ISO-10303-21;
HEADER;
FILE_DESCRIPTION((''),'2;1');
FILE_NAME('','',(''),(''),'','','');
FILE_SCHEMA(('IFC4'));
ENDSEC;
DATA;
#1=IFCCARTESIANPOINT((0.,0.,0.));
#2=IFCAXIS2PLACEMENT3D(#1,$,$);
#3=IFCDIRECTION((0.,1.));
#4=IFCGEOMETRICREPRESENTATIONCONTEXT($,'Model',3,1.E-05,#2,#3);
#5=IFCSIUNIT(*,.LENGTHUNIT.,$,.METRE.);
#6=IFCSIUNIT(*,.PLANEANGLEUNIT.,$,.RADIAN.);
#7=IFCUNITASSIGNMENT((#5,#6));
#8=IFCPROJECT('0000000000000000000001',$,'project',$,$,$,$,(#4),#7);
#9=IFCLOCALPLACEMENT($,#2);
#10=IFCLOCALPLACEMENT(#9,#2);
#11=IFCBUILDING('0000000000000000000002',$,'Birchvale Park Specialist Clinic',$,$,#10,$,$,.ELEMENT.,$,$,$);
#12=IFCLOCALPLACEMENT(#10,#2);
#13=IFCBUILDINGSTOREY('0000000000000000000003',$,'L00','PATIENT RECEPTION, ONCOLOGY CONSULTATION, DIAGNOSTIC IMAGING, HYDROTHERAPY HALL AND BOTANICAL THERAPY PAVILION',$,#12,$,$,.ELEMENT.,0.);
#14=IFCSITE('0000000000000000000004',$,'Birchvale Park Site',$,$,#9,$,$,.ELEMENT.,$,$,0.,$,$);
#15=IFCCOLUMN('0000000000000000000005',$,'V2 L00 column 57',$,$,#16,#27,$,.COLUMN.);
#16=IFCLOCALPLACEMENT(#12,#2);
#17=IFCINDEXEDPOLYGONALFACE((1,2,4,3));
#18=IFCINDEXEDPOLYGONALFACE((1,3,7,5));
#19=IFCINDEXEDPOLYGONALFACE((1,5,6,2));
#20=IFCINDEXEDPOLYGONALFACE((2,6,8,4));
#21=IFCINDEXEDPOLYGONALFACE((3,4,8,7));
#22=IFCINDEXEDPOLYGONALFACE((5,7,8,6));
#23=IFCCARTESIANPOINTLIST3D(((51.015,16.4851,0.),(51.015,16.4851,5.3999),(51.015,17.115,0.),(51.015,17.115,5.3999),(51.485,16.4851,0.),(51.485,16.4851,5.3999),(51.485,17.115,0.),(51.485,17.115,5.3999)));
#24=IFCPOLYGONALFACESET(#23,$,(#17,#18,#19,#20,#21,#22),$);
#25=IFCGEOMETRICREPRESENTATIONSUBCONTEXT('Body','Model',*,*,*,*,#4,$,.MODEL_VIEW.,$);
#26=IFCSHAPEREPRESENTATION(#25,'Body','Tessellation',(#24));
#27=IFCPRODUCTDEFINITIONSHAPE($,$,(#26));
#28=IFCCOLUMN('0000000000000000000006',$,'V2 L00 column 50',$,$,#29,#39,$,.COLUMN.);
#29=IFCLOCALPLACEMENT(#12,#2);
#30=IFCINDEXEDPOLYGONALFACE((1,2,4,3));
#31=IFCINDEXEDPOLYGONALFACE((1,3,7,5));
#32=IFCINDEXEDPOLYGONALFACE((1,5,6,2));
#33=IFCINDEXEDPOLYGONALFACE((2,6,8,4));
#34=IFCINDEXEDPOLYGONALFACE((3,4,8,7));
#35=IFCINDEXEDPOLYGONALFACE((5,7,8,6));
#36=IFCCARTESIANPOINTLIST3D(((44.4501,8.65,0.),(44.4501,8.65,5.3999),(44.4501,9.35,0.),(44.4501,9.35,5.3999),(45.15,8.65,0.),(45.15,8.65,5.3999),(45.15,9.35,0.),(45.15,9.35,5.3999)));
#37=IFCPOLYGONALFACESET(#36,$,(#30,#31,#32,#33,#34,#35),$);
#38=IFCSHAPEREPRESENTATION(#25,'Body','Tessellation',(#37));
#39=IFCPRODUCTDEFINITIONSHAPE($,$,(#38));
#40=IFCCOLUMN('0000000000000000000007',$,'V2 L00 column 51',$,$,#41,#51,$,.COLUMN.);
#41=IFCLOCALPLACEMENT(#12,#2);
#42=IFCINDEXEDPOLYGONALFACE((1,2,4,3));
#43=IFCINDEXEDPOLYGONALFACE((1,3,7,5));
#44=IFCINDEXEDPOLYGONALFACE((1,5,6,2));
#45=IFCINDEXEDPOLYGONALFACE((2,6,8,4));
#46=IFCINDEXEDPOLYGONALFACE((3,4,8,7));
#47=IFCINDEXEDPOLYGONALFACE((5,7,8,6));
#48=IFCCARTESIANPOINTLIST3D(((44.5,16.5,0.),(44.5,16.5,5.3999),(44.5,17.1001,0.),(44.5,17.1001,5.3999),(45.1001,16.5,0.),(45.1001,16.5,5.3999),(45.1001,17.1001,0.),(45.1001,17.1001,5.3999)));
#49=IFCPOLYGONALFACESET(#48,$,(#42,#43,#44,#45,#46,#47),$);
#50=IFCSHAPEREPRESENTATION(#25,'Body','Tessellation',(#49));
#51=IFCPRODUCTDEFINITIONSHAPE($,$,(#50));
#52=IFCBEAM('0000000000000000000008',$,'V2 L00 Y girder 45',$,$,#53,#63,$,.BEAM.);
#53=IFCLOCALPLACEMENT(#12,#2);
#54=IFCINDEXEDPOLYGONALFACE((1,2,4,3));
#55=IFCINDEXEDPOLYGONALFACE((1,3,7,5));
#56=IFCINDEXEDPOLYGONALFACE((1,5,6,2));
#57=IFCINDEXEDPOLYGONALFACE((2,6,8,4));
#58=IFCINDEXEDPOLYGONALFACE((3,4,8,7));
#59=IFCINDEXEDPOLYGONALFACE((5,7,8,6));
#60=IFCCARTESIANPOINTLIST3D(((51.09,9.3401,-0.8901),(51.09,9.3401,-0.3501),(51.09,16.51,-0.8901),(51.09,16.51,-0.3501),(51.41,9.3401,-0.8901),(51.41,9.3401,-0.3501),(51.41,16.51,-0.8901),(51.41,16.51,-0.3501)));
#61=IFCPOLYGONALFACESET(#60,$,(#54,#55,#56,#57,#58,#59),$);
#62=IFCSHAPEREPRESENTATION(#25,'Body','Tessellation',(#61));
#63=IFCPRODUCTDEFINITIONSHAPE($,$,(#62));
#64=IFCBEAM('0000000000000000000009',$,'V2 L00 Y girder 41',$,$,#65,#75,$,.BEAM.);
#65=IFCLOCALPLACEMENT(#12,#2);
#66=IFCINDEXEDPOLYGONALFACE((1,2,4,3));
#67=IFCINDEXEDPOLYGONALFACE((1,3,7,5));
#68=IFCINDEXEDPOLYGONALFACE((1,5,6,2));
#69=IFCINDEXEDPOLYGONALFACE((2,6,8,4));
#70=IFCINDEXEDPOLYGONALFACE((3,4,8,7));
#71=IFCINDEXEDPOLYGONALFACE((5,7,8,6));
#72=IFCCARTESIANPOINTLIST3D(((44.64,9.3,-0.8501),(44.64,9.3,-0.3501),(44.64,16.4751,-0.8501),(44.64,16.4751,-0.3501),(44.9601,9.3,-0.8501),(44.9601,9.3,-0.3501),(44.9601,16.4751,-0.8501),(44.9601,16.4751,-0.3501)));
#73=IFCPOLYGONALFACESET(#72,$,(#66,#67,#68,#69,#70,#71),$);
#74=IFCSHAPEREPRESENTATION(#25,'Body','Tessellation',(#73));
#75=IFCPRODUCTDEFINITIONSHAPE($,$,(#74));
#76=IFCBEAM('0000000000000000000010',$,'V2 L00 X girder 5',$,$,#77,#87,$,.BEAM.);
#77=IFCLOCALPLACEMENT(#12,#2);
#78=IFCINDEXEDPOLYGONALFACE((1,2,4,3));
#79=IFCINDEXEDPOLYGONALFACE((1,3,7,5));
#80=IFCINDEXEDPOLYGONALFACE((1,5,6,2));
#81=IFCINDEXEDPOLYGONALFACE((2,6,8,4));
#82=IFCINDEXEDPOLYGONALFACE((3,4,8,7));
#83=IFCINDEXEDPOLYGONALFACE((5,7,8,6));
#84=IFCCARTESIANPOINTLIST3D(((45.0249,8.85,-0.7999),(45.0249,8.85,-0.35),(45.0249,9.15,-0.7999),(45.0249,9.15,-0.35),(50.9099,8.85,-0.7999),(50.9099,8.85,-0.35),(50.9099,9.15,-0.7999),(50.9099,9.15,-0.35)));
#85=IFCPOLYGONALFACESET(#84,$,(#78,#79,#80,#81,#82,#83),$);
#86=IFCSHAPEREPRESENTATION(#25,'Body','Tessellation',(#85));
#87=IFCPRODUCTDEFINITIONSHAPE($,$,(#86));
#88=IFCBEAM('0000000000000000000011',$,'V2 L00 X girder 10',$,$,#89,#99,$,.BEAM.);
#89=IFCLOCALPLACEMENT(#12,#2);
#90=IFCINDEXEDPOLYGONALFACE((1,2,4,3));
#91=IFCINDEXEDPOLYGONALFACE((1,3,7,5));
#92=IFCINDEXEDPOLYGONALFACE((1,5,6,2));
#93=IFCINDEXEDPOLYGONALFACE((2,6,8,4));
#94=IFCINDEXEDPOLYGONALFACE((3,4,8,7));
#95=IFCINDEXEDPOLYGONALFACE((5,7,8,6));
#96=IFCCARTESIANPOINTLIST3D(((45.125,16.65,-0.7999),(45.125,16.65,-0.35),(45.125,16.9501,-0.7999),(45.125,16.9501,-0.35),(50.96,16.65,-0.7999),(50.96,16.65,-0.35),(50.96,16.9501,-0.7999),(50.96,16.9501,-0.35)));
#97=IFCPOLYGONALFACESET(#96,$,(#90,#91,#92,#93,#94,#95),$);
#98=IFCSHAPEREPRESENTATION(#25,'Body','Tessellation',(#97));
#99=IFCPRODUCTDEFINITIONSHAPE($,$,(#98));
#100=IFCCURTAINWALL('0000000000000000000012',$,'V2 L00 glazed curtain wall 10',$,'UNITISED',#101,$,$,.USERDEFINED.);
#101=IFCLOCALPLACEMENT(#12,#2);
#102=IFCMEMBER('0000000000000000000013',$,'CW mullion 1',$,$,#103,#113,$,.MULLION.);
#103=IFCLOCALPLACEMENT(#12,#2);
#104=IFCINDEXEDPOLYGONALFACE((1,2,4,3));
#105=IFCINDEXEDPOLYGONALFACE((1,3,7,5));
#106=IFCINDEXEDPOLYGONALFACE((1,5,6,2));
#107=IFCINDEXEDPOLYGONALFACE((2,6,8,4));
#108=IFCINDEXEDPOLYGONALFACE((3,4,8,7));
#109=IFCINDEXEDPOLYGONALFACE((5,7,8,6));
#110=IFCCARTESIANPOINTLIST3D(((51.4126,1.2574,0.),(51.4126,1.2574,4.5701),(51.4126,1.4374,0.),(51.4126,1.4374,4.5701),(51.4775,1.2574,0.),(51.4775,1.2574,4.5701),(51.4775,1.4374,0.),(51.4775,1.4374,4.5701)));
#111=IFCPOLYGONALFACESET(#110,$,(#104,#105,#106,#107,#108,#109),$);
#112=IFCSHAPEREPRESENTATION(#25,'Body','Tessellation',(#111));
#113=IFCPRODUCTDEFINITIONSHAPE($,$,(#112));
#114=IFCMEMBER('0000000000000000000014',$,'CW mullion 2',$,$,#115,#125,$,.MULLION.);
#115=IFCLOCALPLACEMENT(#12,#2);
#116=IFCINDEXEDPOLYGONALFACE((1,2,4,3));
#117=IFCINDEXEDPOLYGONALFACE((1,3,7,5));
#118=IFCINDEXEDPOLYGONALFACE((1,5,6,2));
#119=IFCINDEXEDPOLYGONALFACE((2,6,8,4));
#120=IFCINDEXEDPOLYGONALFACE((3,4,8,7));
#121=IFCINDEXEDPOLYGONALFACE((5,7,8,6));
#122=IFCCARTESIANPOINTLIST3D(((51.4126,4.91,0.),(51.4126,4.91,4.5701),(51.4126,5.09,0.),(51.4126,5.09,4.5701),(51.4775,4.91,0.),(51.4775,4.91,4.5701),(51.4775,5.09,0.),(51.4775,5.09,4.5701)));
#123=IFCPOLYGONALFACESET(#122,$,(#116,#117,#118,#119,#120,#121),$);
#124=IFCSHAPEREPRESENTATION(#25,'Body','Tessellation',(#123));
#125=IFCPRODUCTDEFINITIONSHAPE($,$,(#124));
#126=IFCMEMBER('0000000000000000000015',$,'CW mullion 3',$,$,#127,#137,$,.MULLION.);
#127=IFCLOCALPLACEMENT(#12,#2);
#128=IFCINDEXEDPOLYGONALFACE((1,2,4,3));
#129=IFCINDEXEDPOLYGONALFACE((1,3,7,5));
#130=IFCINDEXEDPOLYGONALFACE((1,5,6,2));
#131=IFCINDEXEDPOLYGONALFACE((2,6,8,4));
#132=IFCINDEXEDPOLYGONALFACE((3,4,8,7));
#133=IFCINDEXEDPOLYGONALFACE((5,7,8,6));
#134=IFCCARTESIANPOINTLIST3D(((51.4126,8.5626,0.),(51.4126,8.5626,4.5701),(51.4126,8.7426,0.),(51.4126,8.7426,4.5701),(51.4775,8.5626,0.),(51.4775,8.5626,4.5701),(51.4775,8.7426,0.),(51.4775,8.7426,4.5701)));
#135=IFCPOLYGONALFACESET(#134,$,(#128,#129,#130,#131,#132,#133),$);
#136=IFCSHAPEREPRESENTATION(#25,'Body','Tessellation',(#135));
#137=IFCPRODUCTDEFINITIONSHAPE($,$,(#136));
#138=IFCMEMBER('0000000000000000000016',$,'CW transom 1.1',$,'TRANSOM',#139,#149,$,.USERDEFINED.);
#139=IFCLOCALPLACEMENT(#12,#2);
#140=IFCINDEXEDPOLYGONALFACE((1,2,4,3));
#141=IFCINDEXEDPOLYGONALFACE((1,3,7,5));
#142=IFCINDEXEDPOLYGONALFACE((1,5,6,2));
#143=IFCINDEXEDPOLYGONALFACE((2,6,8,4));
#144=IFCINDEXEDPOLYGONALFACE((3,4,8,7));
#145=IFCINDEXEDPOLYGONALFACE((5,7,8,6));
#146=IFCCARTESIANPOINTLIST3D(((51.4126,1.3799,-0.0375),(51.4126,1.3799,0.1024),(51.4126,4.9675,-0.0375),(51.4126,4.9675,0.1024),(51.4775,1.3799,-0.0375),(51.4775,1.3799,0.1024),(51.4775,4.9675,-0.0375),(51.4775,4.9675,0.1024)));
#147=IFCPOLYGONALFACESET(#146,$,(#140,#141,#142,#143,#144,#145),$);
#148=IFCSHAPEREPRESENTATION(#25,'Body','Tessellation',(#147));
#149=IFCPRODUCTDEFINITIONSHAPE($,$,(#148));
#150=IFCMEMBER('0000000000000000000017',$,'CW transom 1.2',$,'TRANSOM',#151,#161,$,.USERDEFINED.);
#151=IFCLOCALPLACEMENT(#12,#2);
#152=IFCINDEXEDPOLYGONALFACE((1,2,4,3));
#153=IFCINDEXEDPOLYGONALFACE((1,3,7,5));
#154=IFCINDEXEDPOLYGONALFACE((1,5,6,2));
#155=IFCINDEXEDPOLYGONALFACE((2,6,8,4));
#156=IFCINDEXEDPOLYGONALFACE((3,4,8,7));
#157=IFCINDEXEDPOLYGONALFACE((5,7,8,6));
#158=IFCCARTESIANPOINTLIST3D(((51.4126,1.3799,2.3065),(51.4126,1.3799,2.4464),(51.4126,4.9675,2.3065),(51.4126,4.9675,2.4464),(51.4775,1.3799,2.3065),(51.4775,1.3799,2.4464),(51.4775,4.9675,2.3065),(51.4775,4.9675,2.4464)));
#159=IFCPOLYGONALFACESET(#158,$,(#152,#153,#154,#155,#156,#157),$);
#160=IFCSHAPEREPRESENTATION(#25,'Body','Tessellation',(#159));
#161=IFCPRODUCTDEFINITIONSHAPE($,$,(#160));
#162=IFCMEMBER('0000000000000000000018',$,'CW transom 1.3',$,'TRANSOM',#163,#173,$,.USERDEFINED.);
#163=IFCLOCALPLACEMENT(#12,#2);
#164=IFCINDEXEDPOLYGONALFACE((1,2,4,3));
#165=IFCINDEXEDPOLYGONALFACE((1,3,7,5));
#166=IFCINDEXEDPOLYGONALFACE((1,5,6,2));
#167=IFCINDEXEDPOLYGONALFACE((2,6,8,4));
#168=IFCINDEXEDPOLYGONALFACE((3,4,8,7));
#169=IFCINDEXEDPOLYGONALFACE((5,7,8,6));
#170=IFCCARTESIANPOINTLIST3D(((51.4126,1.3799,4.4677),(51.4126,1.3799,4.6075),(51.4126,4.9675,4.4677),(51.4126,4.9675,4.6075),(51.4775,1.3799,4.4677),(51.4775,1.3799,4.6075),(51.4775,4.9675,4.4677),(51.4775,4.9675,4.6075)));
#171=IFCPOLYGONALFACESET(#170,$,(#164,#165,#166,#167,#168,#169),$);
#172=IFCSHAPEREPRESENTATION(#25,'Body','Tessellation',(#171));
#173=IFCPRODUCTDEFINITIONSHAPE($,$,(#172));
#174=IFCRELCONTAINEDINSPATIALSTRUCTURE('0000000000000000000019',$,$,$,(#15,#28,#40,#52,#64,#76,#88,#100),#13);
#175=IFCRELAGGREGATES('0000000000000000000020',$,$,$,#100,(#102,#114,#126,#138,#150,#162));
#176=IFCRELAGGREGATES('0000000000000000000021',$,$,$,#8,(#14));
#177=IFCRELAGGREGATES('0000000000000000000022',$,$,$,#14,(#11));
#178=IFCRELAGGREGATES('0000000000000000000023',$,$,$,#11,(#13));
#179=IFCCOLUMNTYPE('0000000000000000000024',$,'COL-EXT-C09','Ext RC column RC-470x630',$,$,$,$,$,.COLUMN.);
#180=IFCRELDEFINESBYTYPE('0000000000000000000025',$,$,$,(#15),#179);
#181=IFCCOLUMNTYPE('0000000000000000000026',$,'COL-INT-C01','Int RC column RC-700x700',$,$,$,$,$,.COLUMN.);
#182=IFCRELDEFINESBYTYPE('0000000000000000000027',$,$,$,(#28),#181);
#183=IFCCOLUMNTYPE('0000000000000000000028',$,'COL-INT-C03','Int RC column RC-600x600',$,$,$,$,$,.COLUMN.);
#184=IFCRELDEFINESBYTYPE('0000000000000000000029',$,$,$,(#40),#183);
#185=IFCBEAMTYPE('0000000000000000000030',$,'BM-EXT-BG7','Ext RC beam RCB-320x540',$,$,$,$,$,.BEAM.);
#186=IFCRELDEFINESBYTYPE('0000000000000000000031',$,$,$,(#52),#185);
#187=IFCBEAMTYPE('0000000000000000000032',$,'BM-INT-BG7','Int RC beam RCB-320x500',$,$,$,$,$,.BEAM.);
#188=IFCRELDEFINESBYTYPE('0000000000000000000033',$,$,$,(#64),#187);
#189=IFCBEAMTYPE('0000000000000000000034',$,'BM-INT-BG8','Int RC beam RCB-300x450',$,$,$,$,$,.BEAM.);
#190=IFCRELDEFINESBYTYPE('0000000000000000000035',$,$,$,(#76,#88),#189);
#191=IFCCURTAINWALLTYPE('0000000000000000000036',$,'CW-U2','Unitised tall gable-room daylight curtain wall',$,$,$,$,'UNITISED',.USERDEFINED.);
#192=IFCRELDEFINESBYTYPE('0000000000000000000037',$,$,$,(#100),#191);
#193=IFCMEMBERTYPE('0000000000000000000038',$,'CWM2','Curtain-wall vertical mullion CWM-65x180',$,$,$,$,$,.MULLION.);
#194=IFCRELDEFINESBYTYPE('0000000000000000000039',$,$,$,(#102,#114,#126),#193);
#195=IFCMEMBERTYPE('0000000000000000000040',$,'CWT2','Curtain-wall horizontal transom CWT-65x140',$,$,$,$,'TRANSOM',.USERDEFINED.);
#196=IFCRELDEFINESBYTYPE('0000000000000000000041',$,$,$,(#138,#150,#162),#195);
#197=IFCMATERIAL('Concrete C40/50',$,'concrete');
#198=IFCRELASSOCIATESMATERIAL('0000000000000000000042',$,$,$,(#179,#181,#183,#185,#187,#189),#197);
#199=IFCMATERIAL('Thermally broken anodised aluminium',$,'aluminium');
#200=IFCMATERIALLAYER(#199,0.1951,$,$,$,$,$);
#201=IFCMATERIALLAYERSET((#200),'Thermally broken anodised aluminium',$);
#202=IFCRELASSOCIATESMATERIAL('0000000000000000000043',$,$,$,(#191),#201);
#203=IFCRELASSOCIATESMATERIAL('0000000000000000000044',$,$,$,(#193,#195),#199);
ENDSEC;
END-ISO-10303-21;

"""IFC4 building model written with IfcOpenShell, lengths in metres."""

from ifc_helpers import new_model, si_unit, direction, frame, origin, origin_2d, place, context, subcontext, project, spatial, rectangle, extrude, material, layer, layer_set, material_profile, profile_set, type_object, element, aggregate, save


model = new_model("IFC4")

# Units and contexts
model_context = context("Model", 3, precision=1e-05, world=origin(), true_north=direction((0.0, 1.0)))
body_context = subcontext(model_context, "Body", "Model", "MODEL_VIEW")
ifc_project = project(units=[si_unit("LENGTHUNIT", "METRE"), si_unit("PLANEANGLEUNIT", "RADIAN")], contexts=[model_context])

# Site, building, storey
site_placement = place(None, origin())
site = spatial("IfcSite", under=ifc_project, at=site_placement, Name="Birchvale Park Site", CompositionType="ELEMENT", RefElevation=0.0)
building_placement = place(site_placement, origin())
building = spatial("IfcBuilding", under=site, at=building_placement, Name="Birchvale Park Specialist Clinic", CompositionType="ELEMENT")
storey_placement = place(building_placement, origin())
storey = spatial("IfcBuildingStorey", under=building, at=storey_placement, Name="L00", Description="PATIENT RECEPTION, ONCOLOGY CONSULTATION, DIAGNOSTIC IMAGING, HYDROTHERAPY HALL AND BOTANICAL THERAPY PAVILION", CompositionType="ELEMENT", Elevation=0.0)

# Shared definitions
ifc_material_1 = material(Name="Concrete C40/50", Category="concrete")

# Columns
ifc_material_profile_1 = material_profile(ifc_material_1, rectangle(XDim=0.47, YDim=0.6299, at=origin_2d()), Name="RC-470x630")
ifc_profile_set_1 = profile_set([ifc_material_profile_1], Name="Concrete C40/50")
column_type_1 = type_object("IfcColumnType", Name="COL-EXT-C09", Description="Ext RC column RC-470x630", PredefinedType="COLUMN", material=ifc_profile_set_1)
column_1_placement = place(storey_placement, frame((51.25, 16.8, 0.0), z_axis=(0.0, 0.0, 1.0), x_axis=(1.0, 0.0, 0.0)))
element("IfcColumn", 1, at=column_1_placement, inside=storey, type_object=column_type_1, Name="V2 L00 column 57", PredefinedType="COLUMN", context=body_context, shape_type="SweptSolid", body=[
    extrude(rectangle(XDim=0.47, YDim=0.6299, at=origin_2d()), origin(), (0.0, 0.0, 1.0), 5.3999),
])
ifc_material_profile_2 = material_profile(ifc_material_1, rectangle(XDim=0.7, YDim=0.7, at=origin_2d()), Name="RC-700x700")
ifc_profile_set_2 = profile_set([ifc_material_profile_2], Name="Concrete C40/50")
column_type_2 = type_object("IfcColumnType", Name="COL-INT-C01", Description="Int RC column RC-700x700", PredefinedType="COLUMN", material=ifc_profile_set_2)
column_2_placement = place(storey_placement, frame((44.8, 9.0, 0.0), z_axis=(0.0, 0.0, 1.0), x_axis=(1.0, 0.0, 0.0)))
element("IfcColumn", 2, at=column_2_placement, inside=storey, type_object=column_type_2, Name="V2 L00 column 50", PredefinedType="COLUMN", context=body_context, shape_type="SweptSolid", body=[
    extrude(rectangle(XDim=0.7, YDim=0.7, at=origin_2d()), origin(), (0.0, 0.0, 1.0), 5.3999),
])
ifc_material_profile_3 = material_profile(ifc_material_1, rectangle(XDim=0.6001, YDim=0.6001, at=origin_2d()), Name="RC-600x600")
ifc_profile_set_3 = profile_set([ifc_material_profile_3], Name="Concrete C40/50")
column_type_3 = type_object("IfcColumnType", Name="COL-INT-C03", Description="Int RC column RC-600x600", PredefinedType="COLUMN", material=ifc_profile_set_3)
column_3_placement = place(storey_placement, frame((44.8, 16.8, 0.0), z_axis=(0.0, 0.0, 1.0), x_axis=(1.0, 0.0, 0.0)))
element("IfcColumn", 3, at=column_3_placement, inside=storey, type_object=column_type_3, Name="V2 L00 column 51", PredefinedType="COLUMN", context=body_context, shape_type="SweptSolid", body=[
    extrude(rectangle(XDim=0.6001, YDim=0.6001, at=origin_2d()), origin(), (0.0, 0.0, 1.0), 5.3999),
])

# Beams
ifc_material_profile_4 = material_profile(ifc_material_1, rectangle(XDim=0.3201, YDim=0.54, at=origin_2d()), Name="RCB-320x540")
ifc_profile_set_4 = profile_set([ifc_material_profile_4], Name="Concrete C40/50")
beam_type_1 = type_object("IfcBeamType", Name="BM-EXT-BG7", Description="Ext RC beam RCB-320x540", PredefinedType="BEAM", material=ifc_profile_set_4)
beam_1_placement = place(storey_placement, frame((51.25, 9.3401, -0.6201), z_axis=(0.0, 1.0, 0.0), x_axis=(-1.0, 0.0, 0.0)))
element("IfcBeam", 4, at=beam_1_placement, inside=storey, type_object=beam_type_1, Name="V2 L00 Y girder 45", PredefinedType="BEAM", context=body_context, shape_type="SweptSolid", body=[
    extrude(rectangle(XDim=0.3201, YDim=0.54, at=origin_2d()), origin(), (0.0, 0.0, 1.0), 7.1699),
])
ifc_material_profile_5 = material_profile(ifc_material_1, rectangle(XDim=0.3201, YDim=0.5, at=origin_2d()), Name="RCB-320x500")
ifc_profile_set_5 = profile_set([ifc_material_profile_5], Name="Concrete C40/50")
beam_type_2 = type_object("IfcBeamType", Name="BM-INT-BG7", Description="Int RC beam RCB-320x500", PredefinedType="BEAM", material=ifc_profile_set_5)
beam_2_placement = place(storey_placement, frame((44.8, 9.3, -0.6001), z_axis=(0.0, 1.0, 0.0), x_axis=(-1.0, 0.0, 0.0)))
element("IfcBeam", 5, at=beam_2_placement, inside=storey, type_object=beam_type_2, Name="V2 L00 Y girder 41", PredefinedType="BEAM", context=body_context, shape_type="SweptSolid", body=[
    extrude(rectangle(XDim=0.3201, YDim=0.5, at=origin_2d()), origin(), (0.0, 0.0, 1.0), 7.175),
])
ifc_material_profile_6 = material_profile(ifc_material_1, rectangle(XDim=0.3, YDim=0.45, at=origin_2d()), Name="RCB-300x450")
ifc_profile_set_6 = profile_set([ifc_material_profile_6], Name="Concrete C40/50")
beam_type_3 = type_object("IfcBeamType", Name="BM-INT-BG8", Description="Int RC beam RCB-300x450", PredefinedType="BEAM", material=ifc_profile_set_6)
beam_3_placement = place(storey_placement, frame((45.0249, 9.0, -0.575), z_axis=(1.0, 0.0, 0.0), x_axis=(0.0, 1.0, 0.0)))
element("IfcBeam", 6, at=beam_3_placement, inside=storey, type_object=beam_type_3, Name="V2 L00 X girder 5", PredefinedType="BEAM", context=body_context, shape_type="SweptSolid", body=[
    extrude(rectangle(XDim=0.3, YDim=0.45, at=origin_2d()), origin(), (0.0, 0.0, 1.0), 5.885),
])
beam_4_placement = place(storey_placement, frame((45.125, 16.8, -0.575), z_axis=(1.0, 0.0, 0.0), x_axis=(0.0, 1.0, 0.0)))
element("IfcBeam", 7, at=beam_4_placement, inside=storey, type_object=beam_type_3, Name="V2 L00 X girder 10", PredefinedType="BEAM", context=body_context, shape_type="SweptSolid", body=[
    extrude(rectangle(XDim=0.3, YDim=0.45, at=origin_2d()), origin(), (0.0, 0.0, 1.0), 5.835),
])

# Curtain wall, members
ifc_material_2 = material(Name="Thermally broken anodised aluminium", Category="aluminium")
ifc_layer_1 = layer(ifc_material_2, 0.1951)
ifc_layer_set_1 = layer_set([ifc_layer_1], Name="Thermally broken anodised aluminium")
curtain_wall_type = type_object("IfcCurtainWallType", Name="CW-U2", Description="Unitised tall gable-room daylight curtain wall", ElementType="UNITISED", PredefinedType="USERDEFINED", material=ifc_layer_set_1)
curtain_wall_placement = place(storey_placement, origin())
curtain_wall = element("IfcCurtainWall", 8, at=curtain_wall_placement, inside=storey, type_object=curtain_wall_type, Name="V2 L00 glazed curtain wall 10", ObjectType="UNITISED", PredefinedType="USERDEFINED")
ifc_material_profile_7 = material_profile(ifc_material_2, rectangle(XDim=0.0649, YDim=0.1799, at=origin_2d()), Name="CWM-65x180")
ifc_profile_set_7 = profile_set([ifc_material_profile_7], Name="Thermally broken anodised aluminium")
member_type_1 = type_object("IfcMemberType", Name="CWM2", Description="Curtain-wall vertical mullion CWM-65x180", PredefinedType="MULLION", material=ifc_profile_set_7)
member_1_placement = place(storey_placement, frame((51.4451, 1.3474, 0.0), z_axis=(0.0, 0.0, 1.0), x_axis=(-1.0, 0.0, 0.0)))
member_1 = element("IfcMember", 9, at=member_1_placement, type_object=member_type_1, Name="CW mullion 1", PredefinedType="MULLION", context=body_context, shape_type="SweptSolid", body=[
    extrude(rectangle(XDim=0.0649, YDim=0.1799, at=origin_2d()), origin(), (0.0, 0.0, 1.0), 4.5701),
])
member_2_placement = place(storey_placement, frame((51.4451, 5.0, 0.0), z_axis=(0.0, 0.0, 1.0), x_axis=(-1.0, 0.0, 0.0)))
member_2 = element("IfcMember", 10, at=member_2_placement, type_object=member_type_1, Name="CW mullion 2", PredefinedType="MULLION", context=body_context, shape_type="SweptSolid", body=[
    extrude(rectangle(XDim=0.0649, YDim=0.1799, at=origin_2d()), origin(), (0.0, 0.0, 1.0), 4.5701),
])
member_3_placement = place(storey_placement, frame((51.4451, 8.6526, 0.0), z_axis=(0.0, 0.0, 1.0), x_axis=(-1.0, 0.0, 0.0)))
member_3 = element("IfcMember", 11, at=member_3_placement, type_object=member_type_1, Name="CW mullion 3", PredefinedType="MULLION", context=body_context, shape_type="SweptSolid", body=[
    extrude(rectangle(XDim=0.0649, YDim=0.1799, at=origin_2d()), origin(), (0.0, 0.0, 1.0), 4.5701),
])
ifc_material_profile_8 = material_profile(ifc_material_2, rectangle(XDim=0.0649, YDim=0.1399, at=origin_2d()), Name="CWT-65x140")
ifc_profile_set_8 = profile_set([ifc_material_profile_8], Name="Thermally broken anodised aluminium")
member_type_2 = type_object("IfcMemberType", Name="CWT2", Description="Curtain-wall horizontal transom CWT-65x140", ElementType="TRANSOM", PredefinedType="USERDEFINED", material=ifc_profile_set_8)
member_4_placement = place(storey_placement, frame((51.4451, 1.3799, 0.0325), z_axis=(0.0, 1.0, 0.0), x_axis=(-1.0, 0.0, 0.0)))
member_4 = element("IfcMember", 12, at=member_4_placement, type_object=member_type_2, Name="CW transom 1.1", ObjectType="TRANSOM", PredefinedType="USERDEFINED", context=body_context, shape_type="SweptSolid", body=[
    extrude(rectangle(XDim=0.0649, YDim=0.1399, at=origin_2d()), origin(), (0.0, 0.0, 1.0), 3.5876),
])
member_5_placement = place(storey_placement, frame((51.4451, 1.3799, 2.3765), z_axis=(0.0, 1.0, 0.0), x_axis=(-1.0, 0.0, 0.0)))
member_5 = element("IfcMember", 13, at=member_5_placement, type_object=member_type_2, Name="CW transom 1.2", ObjectType="TRANSOM", PredefinedType="USERDEFINED", context=body_context, shape_type="SweptSolid", body=[
    extrude(rectangle(XDim=0.0649, YDim=0.1399, at=origin_2d()), origin(), (0.0, 0.0, 1.0), 3.5876),
])
member_6_placement = place(storey_placement, frame((51.4451, 1.3799, 4.5376), z_axis=(0.0, 1.0, 0.0), x_axis=(-1.0, 0.0, 0.0)))
member_6 = element("IfcMember", 14, at=member_6_placement, type_object=member_type_2, Name="CW transom 1.3", ObjectType="TRANSOM", PredefinedType="USERDEFINED", context=body_context, shape_type="SweptSolid", body=[
    extrude(rectangle(XDim=0.0649, YDim=0.1399, at=origin_2d()), origin(), (0.0, 0.0, 1.0), 3.5876),
])

aggregate(curtain_wall, [member_1, member_2, member_3, member_4, member_5, member_6])

save(model, "model.ifc")
